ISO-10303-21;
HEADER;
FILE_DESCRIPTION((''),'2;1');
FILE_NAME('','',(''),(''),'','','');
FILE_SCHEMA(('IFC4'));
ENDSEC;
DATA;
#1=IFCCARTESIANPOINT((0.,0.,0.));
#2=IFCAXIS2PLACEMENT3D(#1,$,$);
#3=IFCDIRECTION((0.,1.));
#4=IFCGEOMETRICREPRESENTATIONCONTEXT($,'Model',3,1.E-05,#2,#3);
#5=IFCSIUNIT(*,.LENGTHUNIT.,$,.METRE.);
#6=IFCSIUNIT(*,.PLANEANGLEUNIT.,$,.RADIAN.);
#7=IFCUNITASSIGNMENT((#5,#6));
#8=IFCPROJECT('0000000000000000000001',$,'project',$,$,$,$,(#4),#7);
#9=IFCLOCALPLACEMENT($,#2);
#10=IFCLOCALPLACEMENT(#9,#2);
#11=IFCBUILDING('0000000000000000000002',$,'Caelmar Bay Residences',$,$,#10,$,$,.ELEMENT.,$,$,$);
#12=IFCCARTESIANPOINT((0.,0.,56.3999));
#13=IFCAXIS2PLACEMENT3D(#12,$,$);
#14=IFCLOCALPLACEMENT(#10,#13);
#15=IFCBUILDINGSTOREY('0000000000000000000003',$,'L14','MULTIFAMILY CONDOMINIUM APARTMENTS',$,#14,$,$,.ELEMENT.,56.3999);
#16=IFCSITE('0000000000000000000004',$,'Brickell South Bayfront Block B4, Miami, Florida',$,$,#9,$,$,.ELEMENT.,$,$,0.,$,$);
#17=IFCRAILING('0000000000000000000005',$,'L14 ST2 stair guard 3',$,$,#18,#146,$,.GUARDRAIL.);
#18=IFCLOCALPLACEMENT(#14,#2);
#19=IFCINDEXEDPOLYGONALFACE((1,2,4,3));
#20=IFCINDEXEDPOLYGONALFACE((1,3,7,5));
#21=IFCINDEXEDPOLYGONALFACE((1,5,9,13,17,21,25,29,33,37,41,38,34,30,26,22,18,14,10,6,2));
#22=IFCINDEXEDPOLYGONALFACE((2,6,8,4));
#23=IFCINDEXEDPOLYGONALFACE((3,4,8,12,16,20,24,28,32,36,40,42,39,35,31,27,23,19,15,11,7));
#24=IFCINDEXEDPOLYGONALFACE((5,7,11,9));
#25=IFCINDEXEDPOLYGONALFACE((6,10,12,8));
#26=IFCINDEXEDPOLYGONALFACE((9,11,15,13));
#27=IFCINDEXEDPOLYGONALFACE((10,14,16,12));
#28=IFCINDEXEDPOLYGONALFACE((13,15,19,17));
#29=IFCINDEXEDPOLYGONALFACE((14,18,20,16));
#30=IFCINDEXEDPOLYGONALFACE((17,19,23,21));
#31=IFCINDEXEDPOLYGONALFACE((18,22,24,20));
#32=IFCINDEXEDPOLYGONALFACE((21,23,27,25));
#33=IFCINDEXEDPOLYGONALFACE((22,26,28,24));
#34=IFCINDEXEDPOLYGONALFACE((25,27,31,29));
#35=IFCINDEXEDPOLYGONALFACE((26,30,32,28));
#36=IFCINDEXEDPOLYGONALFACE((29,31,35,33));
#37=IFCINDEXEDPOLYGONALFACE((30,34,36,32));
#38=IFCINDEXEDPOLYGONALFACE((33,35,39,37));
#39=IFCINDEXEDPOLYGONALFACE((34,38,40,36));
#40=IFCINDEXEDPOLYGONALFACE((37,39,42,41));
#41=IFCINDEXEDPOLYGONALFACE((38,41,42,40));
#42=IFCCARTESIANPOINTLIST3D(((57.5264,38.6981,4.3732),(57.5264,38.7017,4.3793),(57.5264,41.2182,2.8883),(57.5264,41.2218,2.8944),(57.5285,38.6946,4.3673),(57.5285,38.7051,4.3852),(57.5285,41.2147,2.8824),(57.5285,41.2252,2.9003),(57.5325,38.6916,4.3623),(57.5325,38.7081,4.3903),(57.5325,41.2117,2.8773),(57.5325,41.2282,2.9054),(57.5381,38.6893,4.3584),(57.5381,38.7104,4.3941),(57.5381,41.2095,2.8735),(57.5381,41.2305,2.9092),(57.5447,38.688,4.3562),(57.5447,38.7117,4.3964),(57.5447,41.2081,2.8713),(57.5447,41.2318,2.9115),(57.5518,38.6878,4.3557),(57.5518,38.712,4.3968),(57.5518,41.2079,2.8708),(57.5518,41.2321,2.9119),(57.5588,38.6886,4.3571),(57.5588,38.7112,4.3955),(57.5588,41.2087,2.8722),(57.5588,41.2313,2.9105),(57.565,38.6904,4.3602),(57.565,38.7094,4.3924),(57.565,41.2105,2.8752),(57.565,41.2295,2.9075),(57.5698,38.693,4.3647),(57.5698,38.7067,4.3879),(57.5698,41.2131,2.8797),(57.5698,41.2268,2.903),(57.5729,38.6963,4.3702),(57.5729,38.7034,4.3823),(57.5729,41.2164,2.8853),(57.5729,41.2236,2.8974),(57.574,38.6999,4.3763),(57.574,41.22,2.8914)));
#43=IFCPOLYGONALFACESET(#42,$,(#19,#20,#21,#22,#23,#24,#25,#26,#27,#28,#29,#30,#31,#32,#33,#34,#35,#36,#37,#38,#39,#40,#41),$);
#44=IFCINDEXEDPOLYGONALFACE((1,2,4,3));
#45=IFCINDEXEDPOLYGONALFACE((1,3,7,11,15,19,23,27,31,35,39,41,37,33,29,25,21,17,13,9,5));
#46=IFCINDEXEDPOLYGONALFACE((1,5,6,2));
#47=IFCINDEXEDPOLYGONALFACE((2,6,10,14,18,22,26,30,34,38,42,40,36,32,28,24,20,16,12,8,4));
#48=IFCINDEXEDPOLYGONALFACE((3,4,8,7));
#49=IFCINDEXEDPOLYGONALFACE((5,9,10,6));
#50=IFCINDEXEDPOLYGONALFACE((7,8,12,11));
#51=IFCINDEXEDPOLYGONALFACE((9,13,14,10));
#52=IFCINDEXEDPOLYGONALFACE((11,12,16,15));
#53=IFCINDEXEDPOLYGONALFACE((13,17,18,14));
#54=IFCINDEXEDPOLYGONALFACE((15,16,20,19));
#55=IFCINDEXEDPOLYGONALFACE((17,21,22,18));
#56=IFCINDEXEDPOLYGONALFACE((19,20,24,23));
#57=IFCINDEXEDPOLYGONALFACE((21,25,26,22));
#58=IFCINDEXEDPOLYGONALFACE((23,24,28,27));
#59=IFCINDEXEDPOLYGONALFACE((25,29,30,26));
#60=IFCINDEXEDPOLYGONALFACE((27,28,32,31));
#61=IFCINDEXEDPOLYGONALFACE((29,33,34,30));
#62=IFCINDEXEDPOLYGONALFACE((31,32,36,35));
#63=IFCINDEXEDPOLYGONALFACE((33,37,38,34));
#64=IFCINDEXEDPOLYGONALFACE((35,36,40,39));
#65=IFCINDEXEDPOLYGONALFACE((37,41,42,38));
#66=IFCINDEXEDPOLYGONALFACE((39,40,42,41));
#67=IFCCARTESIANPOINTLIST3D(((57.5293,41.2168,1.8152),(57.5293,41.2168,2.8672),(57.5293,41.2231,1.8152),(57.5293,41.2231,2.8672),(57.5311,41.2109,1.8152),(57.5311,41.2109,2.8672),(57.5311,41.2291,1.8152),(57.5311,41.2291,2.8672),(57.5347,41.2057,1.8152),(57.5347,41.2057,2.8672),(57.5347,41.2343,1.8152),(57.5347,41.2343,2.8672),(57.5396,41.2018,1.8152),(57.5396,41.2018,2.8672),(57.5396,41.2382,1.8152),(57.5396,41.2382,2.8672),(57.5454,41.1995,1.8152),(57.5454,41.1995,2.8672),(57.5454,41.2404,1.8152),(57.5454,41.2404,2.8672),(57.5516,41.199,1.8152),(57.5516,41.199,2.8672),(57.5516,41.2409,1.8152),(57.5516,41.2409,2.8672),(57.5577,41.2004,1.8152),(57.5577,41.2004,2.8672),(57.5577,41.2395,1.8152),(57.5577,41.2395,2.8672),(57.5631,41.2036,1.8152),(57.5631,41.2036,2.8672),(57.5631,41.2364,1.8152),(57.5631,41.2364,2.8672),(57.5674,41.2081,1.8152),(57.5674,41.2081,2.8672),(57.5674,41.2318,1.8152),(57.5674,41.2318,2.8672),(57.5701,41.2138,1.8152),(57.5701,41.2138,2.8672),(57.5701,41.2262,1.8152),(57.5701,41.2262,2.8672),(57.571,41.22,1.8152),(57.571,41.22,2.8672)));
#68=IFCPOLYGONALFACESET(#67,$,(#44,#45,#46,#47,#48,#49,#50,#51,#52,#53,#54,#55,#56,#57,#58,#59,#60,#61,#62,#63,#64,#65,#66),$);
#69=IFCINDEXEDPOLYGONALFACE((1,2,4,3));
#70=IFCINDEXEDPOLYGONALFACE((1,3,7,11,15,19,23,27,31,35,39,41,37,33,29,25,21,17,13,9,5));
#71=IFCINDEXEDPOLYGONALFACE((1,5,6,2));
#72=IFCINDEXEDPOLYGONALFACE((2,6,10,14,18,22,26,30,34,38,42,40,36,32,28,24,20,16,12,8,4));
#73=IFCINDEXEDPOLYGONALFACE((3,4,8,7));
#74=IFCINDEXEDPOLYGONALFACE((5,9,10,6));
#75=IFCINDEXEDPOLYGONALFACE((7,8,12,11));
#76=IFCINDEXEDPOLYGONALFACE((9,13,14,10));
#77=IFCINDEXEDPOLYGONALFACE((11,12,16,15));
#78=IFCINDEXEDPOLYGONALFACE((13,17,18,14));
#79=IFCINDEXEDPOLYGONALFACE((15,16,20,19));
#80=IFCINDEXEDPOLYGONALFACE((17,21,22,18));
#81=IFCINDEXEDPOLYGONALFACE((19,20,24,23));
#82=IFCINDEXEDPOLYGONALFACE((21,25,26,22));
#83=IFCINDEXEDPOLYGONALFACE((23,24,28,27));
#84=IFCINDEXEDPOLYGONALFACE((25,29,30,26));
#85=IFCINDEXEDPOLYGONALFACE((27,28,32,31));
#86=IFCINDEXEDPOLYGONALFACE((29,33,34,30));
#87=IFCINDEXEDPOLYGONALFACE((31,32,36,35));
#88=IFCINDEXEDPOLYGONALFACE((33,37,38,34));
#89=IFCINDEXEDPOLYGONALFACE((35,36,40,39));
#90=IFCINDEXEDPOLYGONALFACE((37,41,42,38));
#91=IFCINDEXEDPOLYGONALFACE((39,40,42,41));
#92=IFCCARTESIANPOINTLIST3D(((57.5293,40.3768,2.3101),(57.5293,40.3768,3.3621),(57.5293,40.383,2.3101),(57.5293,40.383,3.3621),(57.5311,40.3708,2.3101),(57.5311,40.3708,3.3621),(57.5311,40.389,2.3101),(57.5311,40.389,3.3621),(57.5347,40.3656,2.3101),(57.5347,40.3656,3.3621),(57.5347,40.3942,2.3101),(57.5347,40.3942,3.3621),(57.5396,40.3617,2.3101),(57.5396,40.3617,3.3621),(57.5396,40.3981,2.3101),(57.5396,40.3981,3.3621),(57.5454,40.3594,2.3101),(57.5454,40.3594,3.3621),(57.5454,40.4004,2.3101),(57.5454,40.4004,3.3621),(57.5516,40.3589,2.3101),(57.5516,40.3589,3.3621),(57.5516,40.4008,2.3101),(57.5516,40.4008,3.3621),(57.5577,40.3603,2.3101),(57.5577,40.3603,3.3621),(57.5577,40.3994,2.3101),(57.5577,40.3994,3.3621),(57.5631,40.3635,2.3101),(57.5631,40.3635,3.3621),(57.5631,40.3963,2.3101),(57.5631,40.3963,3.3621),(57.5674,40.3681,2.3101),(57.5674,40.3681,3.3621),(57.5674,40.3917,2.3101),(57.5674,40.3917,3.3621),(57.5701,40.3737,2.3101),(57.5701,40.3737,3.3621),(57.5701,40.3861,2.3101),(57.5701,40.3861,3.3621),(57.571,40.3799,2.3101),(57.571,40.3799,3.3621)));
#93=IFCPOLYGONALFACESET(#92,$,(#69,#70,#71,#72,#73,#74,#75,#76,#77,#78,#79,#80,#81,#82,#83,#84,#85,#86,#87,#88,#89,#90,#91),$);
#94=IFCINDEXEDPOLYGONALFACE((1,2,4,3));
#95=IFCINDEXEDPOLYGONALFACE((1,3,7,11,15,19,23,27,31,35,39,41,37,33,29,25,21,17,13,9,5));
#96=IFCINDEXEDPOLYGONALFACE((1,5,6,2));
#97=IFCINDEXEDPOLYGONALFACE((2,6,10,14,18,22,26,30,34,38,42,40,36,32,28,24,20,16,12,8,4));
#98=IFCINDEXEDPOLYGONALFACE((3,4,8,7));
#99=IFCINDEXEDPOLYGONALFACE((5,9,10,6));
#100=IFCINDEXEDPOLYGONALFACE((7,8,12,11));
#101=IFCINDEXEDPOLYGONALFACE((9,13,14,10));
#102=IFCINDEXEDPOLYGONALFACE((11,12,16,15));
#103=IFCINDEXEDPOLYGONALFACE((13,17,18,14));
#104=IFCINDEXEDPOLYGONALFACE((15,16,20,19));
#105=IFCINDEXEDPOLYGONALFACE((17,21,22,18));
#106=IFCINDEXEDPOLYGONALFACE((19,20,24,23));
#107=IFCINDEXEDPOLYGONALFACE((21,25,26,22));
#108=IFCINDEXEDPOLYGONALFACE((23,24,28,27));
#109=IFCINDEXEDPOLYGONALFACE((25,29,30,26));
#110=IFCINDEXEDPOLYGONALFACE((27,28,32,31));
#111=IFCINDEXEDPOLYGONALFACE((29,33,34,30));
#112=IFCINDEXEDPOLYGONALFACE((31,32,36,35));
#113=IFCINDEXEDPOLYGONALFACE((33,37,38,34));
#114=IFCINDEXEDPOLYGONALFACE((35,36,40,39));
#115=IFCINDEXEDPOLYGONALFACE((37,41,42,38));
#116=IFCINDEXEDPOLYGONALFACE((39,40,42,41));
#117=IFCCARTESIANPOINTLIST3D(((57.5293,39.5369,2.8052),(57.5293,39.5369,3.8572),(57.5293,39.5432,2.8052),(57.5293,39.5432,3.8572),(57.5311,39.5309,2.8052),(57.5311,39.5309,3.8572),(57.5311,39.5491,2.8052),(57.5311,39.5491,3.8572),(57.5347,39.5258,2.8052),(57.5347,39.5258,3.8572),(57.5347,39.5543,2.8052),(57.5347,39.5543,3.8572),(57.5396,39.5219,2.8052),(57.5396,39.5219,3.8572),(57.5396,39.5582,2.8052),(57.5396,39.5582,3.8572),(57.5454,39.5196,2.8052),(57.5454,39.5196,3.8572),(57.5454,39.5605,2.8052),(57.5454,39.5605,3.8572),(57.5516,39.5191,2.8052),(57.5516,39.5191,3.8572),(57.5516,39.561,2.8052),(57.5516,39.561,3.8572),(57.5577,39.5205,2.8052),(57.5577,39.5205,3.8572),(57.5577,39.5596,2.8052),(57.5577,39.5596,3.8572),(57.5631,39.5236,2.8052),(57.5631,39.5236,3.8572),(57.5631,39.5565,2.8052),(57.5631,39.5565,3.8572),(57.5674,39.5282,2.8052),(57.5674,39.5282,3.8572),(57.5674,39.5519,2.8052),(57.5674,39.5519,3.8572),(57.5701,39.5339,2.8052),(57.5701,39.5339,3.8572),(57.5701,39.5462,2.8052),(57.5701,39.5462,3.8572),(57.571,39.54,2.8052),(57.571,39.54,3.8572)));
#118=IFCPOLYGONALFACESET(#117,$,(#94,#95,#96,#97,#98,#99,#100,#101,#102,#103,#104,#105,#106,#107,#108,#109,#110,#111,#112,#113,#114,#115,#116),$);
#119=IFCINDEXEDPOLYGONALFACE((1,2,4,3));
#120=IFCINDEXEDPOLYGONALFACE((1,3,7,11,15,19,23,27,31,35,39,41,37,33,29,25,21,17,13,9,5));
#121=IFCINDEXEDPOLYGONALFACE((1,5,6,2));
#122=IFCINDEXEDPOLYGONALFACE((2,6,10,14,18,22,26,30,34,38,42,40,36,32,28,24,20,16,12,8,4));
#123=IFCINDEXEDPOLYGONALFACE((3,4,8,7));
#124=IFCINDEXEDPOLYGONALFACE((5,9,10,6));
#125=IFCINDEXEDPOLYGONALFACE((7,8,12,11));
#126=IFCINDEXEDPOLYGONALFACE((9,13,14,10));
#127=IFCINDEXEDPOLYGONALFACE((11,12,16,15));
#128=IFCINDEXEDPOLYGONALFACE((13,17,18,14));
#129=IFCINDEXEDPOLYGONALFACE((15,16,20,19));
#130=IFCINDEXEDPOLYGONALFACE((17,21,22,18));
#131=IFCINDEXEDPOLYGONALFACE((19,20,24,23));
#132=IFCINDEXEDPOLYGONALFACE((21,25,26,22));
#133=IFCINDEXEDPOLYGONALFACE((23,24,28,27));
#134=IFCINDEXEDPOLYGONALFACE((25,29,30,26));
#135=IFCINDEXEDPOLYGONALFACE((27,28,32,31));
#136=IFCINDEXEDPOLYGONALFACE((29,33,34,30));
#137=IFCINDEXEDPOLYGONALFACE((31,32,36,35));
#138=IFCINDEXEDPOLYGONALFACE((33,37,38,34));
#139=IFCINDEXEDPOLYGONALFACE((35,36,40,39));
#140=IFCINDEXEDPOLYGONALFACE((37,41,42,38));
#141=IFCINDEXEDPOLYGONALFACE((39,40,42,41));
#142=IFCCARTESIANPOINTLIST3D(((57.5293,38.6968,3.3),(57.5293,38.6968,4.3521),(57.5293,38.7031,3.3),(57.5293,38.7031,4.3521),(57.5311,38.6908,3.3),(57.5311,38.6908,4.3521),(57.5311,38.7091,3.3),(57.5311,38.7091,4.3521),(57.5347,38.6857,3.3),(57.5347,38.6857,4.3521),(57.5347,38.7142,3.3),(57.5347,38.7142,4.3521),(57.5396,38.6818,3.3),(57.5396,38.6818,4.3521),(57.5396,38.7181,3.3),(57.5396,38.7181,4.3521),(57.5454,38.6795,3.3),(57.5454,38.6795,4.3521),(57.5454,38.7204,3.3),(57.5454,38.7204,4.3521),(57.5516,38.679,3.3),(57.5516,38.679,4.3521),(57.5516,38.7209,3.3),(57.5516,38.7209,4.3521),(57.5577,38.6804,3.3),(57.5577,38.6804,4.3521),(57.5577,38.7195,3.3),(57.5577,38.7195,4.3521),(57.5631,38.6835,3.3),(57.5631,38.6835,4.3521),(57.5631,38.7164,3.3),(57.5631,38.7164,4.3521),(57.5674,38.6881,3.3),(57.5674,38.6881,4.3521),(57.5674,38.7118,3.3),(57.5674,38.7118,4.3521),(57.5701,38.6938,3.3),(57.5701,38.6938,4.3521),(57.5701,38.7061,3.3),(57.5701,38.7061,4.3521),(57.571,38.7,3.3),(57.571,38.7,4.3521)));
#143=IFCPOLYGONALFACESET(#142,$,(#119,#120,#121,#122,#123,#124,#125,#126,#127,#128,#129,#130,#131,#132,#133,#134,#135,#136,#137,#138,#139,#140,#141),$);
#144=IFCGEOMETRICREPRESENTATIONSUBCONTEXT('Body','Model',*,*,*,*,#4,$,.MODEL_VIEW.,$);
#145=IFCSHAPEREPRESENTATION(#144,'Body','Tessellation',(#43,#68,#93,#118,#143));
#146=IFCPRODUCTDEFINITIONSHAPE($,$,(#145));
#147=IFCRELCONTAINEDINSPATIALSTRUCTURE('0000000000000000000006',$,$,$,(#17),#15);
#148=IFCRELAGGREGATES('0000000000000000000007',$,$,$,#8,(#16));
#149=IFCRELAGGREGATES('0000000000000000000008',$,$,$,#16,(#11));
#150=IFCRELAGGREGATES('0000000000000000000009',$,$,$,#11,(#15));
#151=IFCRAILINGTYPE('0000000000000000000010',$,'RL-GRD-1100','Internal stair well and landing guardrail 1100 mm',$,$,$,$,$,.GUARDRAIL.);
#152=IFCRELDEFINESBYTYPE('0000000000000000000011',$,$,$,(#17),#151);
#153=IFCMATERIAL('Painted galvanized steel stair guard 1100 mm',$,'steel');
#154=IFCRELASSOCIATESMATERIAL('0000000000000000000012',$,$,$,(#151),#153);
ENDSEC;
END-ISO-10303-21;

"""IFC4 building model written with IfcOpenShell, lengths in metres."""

from ifc_helpers import new_model, si_unit, direction, frame, origin, origin_2d, place, context, subcontext, project, spatial, circle, extrude, material, type_object, element, save


model = new_model("IFC4")

# Units and contexts
model_context = context("Model", 3, precision=1e-05, world=origin(), true_north=direction((0.0, 1.0)))
body_context = subcontext(model_context, "Body", "Model", "MODEL_VIEW")
ifc_project = project(units=[si_unit("LENGTHUNIT", "METRE"), si_unit("PLANEANGLEUNIT", "RADIAN")], contexts=[model_context])

# Site, building, storey
site_placement = place(None, origin())
site = spatial("IfcSite", under=ifc_project, at=site_placement, Name="Brickell South Bayfront Block B4, Miami, Florida", CompositionType="ELEMENT", RefElevation=0.0)
building_placement = place(site_placement, origin())
building = spatial("IfcBuilding", under=site, at=building_placement, Name="Caelmar Bay Residences", CompositionType="ELEMENT")
storey_placement = place(building_placement, frame((0.0, 0.0, 56.3999)))
storey = spatial("IfcBuildingStorey", under=building, at=storey_placement, Name="L14", Description="MULTIFAMILY CONDOMINIUM APARTMENTS", CompositionType="ELEMENT", Elevation=56.3999)

# Railing
ifc_material_1 = material(Name="Painted galvanized steel stair guard 1100 mm", Category="steel")
railing_type_1 = type_object("IfcRailingType", Name="RL-GRD-1100", Description="Internal stair well and landing guardrail 1100 mm", PredefinedType="GUARDRAIL", material=ifc_material_1)
railing_1_placement = place(storey_placement, frame((57.55, 41.22, 1.8152)))
element("IfcRailing", 1, at=railing_1_placement, inside=storey, type_object=railing_type_1, Name="L14 ST2 stair guard 3", PredefinedType="GUARDRAIL", context=body_context, shape_type="SweptSolid", body=[
    extrude(circle(Radius=0.0239, at=origin_2d()), frame((0.0, 0.0, 1.0762), z_axis=(0.0, -0.861561, 0.507655), x_axis=(1.0, 0.0, 0.0)), (0.0, 0.0, 1.0), 2.925),
    extrude(circle(Radius=0.021, at=origin_2d()), origin(), (0.0, 0.0, 1.0), 1.052),
    extrude(circle(Radius=0.021, at=origin_2d()), frame((0.0, -0.8401, 0.4949)), (0.0, 0.0, 1.0), 1.052),
    extrude(circle(Radius=0.021, at=origin_2d()), frame((0.0, -1.6799, 0.99)), (0.0, 0.0, 1.0), 1.052),
    extrude(circle(Radius=0.021, at=origin_2d()), frame((0.0, -2.52, 1.4849)), (0.0, 0.0, 1.0), 1.052),
])

save(model, "model.ifc")
